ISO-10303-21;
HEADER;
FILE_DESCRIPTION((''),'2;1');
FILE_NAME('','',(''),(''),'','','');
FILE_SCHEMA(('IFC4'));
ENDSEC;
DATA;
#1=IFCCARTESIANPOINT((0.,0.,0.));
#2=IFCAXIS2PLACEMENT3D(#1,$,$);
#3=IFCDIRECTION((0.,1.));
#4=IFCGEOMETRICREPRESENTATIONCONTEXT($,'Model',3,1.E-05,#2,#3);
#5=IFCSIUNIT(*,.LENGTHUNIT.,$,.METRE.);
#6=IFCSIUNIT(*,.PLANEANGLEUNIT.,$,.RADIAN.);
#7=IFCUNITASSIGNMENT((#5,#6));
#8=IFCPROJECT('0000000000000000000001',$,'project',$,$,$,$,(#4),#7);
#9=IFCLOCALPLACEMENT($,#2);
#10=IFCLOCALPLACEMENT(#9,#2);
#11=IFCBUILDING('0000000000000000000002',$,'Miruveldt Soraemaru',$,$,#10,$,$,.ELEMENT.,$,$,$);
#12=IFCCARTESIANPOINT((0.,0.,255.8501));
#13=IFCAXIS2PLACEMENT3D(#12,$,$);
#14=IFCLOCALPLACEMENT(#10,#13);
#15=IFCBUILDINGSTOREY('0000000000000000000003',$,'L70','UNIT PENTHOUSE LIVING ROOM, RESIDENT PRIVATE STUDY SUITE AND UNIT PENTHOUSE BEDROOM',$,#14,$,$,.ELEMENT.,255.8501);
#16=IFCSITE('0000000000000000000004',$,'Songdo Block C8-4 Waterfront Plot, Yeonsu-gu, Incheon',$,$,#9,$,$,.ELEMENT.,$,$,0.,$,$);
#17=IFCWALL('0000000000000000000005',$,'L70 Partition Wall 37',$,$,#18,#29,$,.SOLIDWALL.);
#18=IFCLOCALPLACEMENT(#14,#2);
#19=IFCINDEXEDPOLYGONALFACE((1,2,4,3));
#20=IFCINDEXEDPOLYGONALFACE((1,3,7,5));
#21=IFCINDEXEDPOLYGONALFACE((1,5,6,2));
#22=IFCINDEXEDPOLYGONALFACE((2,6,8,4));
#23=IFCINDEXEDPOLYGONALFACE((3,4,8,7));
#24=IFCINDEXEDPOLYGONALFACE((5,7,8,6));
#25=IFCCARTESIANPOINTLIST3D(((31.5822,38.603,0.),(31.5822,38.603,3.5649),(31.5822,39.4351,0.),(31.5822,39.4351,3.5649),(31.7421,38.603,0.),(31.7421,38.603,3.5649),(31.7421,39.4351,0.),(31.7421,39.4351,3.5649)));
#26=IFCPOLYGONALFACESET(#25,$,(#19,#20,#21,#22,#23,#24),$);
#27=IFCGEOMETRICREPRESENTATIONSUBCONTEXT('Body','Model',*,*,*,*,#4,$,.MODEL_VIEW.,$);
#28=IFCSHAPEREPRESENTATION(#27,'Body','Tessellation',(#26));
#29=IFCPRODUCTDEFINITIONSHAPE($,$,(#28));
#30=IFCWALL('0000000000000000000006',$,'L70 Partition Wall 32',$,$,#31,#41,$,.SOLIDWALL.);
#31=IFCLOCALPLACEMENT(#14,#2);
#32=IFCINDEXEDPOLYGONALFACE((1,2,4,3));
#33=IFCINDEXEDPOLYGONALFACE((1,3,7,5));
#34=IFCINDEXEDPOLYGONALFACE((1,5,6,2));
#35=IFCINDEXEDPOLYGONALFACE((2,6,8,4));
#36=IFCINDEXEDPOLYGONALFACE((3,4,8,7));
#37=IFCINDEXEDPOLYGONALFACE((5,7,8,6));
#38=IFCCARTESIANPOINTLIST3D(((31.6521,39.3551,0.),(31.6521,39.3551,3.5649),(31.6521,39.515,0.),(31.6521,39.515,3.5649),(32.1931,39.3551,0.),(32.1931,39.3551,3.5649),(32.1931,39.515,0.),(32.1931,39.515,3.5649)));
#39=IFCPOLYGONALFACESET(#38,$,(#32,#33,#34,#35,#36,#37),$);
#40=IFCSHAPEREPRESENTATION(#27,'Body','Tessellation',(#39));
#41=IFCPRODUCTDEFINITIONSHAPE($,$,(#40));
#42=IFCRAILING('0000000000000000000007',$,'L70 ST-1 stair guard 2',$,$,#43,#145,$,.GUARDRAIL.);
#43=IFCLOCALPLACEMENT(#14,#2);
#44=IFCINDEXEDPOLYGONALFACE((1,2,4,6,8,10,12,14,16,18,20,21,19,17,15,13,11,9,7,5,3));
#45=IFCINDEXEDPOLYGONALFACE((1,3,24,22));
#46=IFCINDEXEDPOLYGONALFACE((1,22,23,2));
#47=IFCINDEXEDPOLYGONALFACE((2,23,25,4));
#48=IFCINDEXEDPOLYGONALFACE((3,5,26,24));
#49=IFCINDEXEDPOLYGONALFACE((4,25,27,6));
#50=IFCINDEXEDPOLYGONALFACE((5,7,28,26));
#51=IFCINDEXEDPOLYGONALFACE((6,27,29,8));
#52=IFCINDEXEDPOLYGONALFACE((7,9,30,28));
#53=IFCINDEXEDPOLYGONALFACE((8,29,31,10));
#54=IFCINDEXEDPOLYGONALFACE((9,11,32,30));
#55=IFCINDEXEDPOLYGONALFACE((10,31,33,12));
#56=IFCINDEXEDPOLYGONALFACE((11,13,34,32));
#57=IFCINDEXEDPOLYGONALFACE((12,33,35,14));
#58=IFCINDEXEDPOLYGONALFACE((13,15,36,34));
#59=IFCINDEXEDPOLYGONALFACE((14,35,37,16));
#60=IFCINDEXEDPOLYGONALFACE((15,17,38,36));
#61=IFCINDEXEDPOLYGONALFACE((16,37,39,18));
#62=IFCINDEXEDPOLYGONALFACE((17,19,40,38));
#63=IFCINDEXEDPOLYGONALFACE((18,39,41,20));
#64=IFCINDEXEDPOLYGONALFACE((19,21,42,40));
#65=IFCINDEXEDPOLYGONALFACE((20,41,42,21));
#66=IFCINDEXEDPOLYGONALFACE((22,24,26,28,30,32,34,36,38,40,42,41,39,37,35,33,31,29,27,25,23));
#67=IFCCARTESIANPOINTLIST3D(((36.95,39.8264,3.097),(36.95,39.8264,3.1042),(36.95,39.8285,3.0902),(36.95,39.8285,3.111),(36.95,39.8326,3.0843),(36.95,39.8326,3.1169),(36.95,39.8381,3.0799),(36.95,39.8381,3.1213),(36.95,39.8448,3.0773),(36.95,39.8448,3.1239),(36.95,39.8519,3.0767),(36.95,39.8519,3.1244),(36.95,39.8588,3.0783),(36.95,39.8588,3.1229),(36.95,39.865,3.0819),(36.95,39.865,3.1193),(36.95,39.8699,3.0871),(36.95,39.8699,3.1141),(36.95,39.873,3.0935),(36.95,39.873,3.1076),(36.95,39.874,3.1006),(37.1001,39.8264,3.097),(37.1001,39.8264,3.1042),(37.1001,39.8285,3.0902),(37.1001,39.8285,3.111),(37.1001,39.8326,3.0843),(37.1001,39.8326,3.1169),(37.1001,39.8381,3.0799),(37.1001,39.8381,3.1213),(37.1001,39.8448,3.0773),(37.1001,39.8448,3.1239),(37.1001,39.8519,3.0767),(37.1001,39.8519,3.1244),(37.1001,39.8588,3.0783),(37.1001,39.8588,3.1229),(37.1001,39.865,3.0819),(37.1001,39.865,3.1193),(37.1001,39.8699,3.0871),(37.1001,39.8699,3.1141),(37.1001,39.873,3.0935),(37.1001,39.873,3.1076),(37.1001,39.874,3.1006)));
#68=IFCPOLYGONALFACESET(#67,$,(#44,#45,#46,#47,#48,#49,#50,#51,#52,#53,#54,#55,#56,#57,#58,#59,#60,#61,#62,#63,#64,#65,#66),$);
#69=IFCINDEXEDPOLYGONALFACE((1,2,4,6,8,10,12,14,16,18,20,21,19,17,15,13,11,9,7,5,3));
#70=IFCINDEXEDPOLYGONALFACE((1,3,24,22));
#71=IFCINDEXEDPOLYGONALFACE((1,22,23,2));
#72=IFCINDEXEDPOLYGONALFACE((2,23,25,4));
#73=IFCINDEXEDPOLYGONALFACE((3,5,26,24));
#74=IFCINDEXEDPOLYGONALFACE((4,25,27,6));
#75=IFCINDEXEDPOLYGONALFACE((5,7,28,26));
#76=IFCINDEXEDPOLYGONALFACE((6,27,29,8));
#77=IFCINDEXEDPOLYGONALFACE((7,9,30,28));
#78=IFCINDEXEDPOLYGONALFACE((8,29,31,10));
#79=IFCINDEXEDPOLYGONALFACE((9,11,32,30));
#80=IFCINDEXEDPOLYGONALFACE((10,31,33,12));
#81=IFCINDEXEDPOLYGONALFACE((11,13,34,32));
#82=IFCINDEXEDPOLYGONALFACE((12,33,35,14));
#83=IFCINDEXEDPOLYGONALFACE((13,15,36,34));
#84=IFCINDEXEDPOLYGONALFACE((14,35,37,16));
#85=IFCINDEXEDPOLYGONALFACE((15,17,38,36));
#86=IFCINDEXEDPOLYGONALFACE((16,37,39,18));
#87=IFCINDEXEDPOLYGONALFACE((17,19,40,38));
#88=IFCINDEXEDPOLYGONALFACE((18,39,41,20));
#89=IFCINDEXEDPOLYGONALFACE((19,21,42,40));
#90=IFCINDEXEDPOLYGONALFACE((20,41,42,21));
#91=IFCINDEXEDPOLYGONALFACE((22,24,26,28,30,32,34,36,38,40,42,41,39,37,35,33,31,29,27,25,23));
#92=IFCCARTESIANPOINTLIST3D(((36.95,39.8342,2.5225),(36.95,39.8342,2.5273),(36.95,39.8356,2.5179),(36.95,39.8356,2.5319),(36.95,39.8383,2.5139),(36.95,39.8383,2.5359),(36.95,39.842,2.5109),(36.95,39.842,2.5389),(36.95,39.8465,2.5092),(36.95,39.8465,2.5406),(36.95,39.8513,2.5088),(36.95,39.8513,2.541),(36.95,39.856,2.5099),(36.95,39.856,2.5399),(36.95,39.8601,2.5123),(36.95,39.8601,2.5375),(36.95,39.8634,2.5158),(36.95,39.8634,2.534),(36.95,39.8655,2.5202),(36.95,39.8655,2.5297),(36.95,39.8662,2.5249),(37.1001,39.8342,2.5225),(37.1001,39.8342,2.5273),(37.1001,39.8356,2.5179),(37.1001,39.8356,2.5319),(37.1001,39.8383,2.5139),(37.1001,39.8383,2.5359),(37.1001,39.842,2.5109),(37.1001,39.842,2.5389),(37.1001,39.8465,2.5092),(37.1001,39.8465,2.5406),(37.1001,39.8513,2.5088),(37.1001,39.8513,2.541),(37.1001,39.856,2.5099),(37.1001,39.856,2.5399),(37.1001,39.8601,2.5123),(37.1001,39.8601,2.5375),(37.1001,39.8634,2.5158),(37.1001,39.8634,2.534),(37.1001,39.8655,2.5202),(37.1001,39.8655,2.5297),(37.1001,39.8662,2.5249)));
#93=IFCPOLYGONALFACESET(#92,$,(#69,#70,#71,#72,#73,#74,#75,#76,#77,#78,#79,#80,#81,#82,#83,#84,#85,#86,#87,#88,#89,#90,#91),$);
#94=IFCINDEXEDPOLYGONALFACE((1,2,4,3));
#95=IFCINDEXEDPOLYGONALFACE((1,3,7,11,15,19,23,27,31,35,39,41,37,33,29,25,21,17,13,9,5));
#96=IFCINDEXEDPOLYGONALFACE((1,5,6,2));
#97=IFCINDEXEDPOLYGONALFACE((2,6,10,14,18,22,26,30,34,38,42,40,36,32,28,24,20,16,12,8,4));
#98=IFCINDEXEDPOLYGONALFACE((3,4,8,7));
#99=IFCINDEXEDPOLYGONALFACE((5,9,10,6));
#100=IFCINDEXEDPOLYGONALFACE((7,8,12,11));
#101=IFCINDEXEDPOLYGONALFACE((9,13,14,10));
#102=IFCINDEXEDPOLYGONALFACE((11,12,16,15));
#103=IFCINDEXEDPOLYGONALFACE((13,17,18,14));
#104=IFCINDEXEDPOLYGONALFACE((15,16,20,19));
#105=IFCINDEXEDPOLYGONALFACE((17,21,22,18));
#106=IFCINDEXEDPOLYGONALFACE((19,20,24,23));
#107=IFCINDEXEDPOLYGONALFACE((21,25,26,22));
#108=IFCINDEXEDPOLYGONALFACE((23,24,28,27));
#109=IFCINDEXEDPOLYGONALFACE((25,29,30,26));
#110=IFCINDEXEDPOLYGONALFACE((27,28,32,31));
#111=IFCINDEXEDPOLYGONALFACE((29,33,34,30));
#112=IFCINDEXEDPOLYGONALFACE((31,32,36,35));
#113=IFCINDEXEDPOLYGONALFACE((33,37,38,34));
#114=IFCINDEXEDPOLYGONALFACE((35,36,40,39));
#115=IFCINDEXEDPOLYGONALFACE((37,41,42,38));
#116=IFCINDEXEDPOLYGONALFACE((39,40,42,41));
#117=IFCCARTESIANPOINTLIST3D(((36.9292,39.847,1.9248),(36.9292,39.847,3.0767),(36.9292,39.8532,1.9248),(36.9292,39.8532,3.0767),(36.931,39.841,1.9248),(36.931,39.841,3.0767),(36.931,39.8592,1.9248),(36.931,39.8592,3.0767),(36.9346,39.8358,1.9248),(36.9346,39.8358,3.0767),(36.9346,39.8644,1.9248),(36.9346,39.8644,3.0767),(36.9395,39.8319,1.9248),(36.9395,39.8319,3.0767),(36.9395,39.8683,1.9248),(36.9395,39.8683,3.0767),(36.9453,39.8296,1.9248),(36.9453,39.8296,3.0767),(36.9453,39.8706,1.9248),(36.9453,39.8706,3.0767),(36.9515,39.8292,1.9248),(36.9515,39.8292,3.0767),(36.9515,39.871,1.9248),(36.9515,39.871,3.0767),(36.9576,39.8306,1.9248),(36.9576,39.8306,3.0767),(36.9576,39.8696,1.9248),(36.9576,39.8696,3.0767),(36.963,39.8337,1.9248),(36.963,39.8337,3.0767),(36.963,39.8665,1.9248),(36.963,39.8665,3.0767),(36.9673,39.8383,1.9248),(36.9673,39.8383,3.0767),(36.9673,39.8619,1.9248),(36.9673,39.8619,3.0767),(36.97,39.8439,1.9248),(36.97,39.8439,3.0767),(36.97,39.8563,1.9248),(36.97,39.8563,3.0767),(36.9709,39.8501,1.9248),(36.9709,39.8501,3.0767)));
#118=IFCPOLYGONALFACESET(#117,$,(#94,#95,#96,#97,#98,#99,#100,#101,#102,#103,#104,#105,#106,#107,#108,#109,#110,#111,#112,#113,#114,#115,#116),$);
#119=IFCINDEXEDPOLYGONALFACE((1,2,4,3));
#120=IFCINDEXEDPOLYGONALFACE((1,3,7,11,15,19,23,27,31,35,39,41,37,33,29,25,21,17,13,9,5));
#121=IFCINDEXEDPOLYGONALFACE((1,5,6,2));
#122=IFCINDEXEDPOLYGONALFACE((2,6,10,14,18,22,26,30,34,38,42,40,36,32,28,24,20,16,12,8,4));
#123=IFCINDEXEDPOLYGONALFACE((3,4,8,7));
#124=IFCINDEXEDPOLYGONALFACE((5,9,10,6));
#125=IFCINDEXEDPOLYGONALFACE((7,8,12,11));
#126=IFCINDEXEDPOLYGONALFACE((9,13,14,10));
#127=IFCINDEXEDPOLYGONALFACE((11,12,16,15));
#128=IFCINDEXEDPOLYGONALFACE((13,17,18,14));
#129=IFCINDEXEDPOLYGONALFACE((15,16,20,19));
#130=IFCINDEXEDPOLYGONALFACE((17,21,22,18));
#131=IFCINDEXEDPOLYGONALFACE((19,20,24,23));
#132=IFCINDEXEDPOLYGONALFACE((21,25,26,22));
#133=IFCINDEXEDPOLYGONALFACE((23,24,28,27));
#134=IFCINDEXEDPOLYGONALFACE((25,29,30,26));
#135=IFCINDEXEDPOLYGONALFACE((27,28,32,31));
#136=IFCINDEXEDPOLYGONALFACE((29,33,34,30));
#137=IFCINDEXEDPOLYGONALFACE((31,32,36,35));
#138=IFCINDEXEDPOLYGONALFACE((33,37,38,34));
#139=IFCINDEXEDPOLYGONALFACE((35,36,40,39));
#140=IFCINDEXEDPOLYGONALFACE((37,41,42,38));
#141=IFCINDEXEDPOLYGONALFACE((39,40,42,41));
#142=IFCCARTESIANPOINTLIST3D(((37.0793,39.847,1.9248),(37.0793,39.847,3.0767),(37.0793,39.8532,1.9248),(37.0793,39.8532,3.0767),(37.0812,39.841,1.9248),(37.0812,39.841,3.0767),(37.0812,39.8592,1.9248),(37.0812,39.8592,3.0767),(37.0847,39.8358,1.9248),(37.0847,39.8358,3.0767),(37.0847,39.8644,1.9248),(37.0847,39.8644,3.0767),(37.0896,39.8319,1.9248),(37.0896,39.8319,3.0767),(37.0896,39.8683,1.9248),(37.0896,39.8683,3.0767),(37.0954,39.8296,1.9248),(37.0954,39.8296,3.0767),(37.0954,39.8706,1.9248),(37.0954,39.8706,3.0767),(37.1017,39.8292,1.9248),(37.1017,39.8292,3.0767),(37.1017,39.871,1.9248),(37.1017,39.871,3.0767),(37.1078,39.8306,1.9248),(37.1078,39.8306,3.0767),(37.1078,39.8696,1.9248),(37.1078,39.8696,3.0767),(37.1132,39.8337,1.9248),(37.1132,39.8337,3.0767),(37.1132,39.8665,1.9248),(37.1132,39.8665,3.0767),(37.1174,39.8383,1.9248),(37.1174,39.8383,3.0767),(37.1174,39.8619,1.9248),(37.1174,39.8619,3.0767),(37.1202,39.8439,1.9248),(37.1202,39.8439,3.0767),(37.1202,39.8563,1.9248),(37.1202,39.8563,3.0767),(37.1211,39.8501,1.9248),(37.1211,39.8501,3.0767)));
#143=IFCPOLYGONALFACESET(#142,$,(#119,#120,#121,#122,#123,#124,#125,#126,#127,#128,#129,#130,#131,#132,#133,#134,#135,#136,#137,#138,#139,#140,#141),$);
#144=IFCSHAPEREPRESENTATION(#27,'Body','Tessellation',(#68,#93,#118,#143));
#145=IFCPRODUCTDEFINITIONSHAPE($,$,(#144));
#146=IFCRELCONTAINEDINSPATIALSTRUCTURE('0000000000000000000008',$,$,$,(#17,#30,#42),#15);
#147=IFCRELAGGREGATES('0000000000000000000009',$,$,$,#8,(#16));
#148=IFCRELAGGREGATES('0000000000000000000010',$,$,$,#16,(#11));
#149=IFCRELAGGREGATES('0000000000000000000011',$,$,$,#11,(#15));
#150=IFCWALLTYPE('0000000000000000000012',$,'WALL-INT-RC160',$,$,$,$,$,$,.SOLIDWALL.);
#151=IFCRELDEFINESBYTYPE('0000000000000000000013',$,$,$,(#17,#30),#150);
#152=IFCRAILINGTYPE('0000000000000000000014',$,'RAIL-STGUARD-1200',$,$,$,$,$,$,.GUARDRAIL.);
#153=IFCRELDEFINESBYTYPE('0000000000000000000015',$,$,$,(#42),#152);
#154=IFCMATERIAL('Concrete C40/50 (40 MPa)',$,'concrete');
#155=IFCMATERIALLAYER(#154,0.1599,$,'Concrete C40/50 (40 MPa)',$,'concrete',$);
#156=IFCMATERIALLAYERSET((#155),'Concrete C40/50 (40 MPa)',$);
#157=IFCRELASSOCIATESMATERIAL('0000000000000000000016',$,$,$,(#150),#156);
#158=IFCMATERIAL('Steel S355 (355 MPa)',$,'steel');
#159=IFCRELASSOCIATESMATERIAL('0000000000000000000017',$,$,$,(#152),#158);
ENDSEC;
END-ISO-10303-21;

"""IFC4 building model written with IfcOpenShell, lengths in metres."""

from ifc_helpers import new_model, si_unit, direction, frame, frame_2d, origin, origin_2d, place, context, subcontext, project, spatial, rectangle, circle, extrude, material, layer, layer_set, type_object, element, save


model = new_model("IFC4")

# Units and contexts
model_context = context("Model", 3, precision=1e-05, world=origin(), true_north=direction((0.0, 1.0)))
body_context = subcontext(model_context, "Body", "Model", "MODEL_VIEW")
ifc_project = project(units=[si_unit("LENGTHUNIT", "METRE"), si_unit("PLANEANGLEUNIT", "RADIAN")], contexts=[model_context])

# Site, building, storey
site_placement = place(None, origin())
site = spatial("IfcSite", under=ifc_project, at=site_placement, Name="Songdo Block C8-4 Waterfront Plot, Yeonsu-gu, Incheon", CompositionType="ELEMENT", RefElevation=0.0)
building_placement = place(site_placement, origin())
building = spatial("IfcBuilding", under=site, at=building_placement, Name="Miruveldt Soraemaru", CompositionType="ELEMENT")
storey_placement = place(building_placement, frame((0.0, 0.0, 255.8501)))
storey = spatial("IfcBuildingStorey", under=building, at=storey_placement, Name="L70", Description="UNIT PENTHOUSE LIVING ROOM, RESIDENT PRIVATE STUDY SUITE AND UNIT PENTHOUSE BEDROOM", CompositionType="ELEMENT", Elevation=255.8501)

# Shared definitions
ifc_material_1 = material(Name="Concrete C40/50 (40 MPa)", Category="concrete")
ifc_layer_1 = layer(ifc_material_1, 0.1599, Name="Concrete C40/50 (40 MPa)", Category="concrete")
ifc_layer_set_1 = layer_set([ifc_layer_1], Name="Concrete C40/50 (40 MPa)")
wall_type_1 = type_object("IfcWallType", Name="WALL-INT-RC160", PredefinedType="SOLIDWALL", material=ifc_layer_set_1)

# Walls
wall_1_placement = place(storey_placement, frame((31.6621, 39.4351, 0.0), z_axis=(0.0, 0.0, 1.0), x_axis=(0.0, -1.0, 0.0)))
element("IfcWall", 1, at=wall_1_placement, inside=storey, type_object=wall_type_1, Name="L70 Partition Wall 37", PredefinedType="SOLIDWALL", context=body_context, shape_type="SweptSolid", body=[
    extrude(rectangle(XDim=0.832, YDim=0.1599, at=frame_2d((0.416, 0.0))), origin(), (0.0, 0.0, 1.0), 3.5649),
])
wall_2_placement = place(storey_placement, frame((31.6521, 39.4351, 0.0), z_axis=(0.0, 0.0, 1.0), x_axis=(1.0, 0.0, 0.0)))
element("IfcWall", 2, at=wall_2_placement, inside=storey, type_object=wall_type_1, Name="L70 Partition Wall 32", PredefinedType="SOLIDWALL", context=body_context, shape_type="SweptSolid", body=[
    extrude(rectangle(XDim=0.541, YDim=0.1599, at=frame_2d((0.2705, 0.0))), origin(), (0.0, 0.0, 1.0), 3.5649),
])

# Railing
ifc_material_2 = material(Name="Steel S355 (355 MPa)", Category="steel")
railing_type = type_object("IfcRailingType", Name="RAIL-STGUARD-1200", PredefinedType="GUARDRAIL", material=ifc_material_2)
railing_placement = place(storey_placement, frame((36.95, 39.8501, 1.9248)))
element("IfcRailing", 3, at=railing_placement, inside=storey, type_object=railing_type, Name="L70 ST-1 stair guard 2", PredefinedType="GUARDRAIL", context=body_context, shape_type="SweptSolid", body=[
    extrude(circle(Radius=0.0239, at=origin_2d()), frame((0.0, 0.0, 1.1758), z_axis=(1.0, 0.0, 0.0), x_axis=(0.0, 1.0, 0.0)), (0.0, 0.0, 1.0), 0.1501),
    extrude(circle(Radius=0.0161, at=origin_2d()), frame((0.0, 0.0, 0.6001), z_axis=(1.0, 0.0, 0.0), x_axis=(0.0, 1.0, 0.0)), (0.0, 0.0, 1.0), 0.1501),
    extrude(circle(Radius=0.021, at=origin_2d()), origin(), (0.0, 0.0, 1.0), 1.1519),
    extrude(circle(Radius=0.021, at=origin_2d()), frame((0.1501, 0.0, 0.0)), (0.0, 0.0, 1.0), 1.1519),
])

save(model, "model.ifc")
